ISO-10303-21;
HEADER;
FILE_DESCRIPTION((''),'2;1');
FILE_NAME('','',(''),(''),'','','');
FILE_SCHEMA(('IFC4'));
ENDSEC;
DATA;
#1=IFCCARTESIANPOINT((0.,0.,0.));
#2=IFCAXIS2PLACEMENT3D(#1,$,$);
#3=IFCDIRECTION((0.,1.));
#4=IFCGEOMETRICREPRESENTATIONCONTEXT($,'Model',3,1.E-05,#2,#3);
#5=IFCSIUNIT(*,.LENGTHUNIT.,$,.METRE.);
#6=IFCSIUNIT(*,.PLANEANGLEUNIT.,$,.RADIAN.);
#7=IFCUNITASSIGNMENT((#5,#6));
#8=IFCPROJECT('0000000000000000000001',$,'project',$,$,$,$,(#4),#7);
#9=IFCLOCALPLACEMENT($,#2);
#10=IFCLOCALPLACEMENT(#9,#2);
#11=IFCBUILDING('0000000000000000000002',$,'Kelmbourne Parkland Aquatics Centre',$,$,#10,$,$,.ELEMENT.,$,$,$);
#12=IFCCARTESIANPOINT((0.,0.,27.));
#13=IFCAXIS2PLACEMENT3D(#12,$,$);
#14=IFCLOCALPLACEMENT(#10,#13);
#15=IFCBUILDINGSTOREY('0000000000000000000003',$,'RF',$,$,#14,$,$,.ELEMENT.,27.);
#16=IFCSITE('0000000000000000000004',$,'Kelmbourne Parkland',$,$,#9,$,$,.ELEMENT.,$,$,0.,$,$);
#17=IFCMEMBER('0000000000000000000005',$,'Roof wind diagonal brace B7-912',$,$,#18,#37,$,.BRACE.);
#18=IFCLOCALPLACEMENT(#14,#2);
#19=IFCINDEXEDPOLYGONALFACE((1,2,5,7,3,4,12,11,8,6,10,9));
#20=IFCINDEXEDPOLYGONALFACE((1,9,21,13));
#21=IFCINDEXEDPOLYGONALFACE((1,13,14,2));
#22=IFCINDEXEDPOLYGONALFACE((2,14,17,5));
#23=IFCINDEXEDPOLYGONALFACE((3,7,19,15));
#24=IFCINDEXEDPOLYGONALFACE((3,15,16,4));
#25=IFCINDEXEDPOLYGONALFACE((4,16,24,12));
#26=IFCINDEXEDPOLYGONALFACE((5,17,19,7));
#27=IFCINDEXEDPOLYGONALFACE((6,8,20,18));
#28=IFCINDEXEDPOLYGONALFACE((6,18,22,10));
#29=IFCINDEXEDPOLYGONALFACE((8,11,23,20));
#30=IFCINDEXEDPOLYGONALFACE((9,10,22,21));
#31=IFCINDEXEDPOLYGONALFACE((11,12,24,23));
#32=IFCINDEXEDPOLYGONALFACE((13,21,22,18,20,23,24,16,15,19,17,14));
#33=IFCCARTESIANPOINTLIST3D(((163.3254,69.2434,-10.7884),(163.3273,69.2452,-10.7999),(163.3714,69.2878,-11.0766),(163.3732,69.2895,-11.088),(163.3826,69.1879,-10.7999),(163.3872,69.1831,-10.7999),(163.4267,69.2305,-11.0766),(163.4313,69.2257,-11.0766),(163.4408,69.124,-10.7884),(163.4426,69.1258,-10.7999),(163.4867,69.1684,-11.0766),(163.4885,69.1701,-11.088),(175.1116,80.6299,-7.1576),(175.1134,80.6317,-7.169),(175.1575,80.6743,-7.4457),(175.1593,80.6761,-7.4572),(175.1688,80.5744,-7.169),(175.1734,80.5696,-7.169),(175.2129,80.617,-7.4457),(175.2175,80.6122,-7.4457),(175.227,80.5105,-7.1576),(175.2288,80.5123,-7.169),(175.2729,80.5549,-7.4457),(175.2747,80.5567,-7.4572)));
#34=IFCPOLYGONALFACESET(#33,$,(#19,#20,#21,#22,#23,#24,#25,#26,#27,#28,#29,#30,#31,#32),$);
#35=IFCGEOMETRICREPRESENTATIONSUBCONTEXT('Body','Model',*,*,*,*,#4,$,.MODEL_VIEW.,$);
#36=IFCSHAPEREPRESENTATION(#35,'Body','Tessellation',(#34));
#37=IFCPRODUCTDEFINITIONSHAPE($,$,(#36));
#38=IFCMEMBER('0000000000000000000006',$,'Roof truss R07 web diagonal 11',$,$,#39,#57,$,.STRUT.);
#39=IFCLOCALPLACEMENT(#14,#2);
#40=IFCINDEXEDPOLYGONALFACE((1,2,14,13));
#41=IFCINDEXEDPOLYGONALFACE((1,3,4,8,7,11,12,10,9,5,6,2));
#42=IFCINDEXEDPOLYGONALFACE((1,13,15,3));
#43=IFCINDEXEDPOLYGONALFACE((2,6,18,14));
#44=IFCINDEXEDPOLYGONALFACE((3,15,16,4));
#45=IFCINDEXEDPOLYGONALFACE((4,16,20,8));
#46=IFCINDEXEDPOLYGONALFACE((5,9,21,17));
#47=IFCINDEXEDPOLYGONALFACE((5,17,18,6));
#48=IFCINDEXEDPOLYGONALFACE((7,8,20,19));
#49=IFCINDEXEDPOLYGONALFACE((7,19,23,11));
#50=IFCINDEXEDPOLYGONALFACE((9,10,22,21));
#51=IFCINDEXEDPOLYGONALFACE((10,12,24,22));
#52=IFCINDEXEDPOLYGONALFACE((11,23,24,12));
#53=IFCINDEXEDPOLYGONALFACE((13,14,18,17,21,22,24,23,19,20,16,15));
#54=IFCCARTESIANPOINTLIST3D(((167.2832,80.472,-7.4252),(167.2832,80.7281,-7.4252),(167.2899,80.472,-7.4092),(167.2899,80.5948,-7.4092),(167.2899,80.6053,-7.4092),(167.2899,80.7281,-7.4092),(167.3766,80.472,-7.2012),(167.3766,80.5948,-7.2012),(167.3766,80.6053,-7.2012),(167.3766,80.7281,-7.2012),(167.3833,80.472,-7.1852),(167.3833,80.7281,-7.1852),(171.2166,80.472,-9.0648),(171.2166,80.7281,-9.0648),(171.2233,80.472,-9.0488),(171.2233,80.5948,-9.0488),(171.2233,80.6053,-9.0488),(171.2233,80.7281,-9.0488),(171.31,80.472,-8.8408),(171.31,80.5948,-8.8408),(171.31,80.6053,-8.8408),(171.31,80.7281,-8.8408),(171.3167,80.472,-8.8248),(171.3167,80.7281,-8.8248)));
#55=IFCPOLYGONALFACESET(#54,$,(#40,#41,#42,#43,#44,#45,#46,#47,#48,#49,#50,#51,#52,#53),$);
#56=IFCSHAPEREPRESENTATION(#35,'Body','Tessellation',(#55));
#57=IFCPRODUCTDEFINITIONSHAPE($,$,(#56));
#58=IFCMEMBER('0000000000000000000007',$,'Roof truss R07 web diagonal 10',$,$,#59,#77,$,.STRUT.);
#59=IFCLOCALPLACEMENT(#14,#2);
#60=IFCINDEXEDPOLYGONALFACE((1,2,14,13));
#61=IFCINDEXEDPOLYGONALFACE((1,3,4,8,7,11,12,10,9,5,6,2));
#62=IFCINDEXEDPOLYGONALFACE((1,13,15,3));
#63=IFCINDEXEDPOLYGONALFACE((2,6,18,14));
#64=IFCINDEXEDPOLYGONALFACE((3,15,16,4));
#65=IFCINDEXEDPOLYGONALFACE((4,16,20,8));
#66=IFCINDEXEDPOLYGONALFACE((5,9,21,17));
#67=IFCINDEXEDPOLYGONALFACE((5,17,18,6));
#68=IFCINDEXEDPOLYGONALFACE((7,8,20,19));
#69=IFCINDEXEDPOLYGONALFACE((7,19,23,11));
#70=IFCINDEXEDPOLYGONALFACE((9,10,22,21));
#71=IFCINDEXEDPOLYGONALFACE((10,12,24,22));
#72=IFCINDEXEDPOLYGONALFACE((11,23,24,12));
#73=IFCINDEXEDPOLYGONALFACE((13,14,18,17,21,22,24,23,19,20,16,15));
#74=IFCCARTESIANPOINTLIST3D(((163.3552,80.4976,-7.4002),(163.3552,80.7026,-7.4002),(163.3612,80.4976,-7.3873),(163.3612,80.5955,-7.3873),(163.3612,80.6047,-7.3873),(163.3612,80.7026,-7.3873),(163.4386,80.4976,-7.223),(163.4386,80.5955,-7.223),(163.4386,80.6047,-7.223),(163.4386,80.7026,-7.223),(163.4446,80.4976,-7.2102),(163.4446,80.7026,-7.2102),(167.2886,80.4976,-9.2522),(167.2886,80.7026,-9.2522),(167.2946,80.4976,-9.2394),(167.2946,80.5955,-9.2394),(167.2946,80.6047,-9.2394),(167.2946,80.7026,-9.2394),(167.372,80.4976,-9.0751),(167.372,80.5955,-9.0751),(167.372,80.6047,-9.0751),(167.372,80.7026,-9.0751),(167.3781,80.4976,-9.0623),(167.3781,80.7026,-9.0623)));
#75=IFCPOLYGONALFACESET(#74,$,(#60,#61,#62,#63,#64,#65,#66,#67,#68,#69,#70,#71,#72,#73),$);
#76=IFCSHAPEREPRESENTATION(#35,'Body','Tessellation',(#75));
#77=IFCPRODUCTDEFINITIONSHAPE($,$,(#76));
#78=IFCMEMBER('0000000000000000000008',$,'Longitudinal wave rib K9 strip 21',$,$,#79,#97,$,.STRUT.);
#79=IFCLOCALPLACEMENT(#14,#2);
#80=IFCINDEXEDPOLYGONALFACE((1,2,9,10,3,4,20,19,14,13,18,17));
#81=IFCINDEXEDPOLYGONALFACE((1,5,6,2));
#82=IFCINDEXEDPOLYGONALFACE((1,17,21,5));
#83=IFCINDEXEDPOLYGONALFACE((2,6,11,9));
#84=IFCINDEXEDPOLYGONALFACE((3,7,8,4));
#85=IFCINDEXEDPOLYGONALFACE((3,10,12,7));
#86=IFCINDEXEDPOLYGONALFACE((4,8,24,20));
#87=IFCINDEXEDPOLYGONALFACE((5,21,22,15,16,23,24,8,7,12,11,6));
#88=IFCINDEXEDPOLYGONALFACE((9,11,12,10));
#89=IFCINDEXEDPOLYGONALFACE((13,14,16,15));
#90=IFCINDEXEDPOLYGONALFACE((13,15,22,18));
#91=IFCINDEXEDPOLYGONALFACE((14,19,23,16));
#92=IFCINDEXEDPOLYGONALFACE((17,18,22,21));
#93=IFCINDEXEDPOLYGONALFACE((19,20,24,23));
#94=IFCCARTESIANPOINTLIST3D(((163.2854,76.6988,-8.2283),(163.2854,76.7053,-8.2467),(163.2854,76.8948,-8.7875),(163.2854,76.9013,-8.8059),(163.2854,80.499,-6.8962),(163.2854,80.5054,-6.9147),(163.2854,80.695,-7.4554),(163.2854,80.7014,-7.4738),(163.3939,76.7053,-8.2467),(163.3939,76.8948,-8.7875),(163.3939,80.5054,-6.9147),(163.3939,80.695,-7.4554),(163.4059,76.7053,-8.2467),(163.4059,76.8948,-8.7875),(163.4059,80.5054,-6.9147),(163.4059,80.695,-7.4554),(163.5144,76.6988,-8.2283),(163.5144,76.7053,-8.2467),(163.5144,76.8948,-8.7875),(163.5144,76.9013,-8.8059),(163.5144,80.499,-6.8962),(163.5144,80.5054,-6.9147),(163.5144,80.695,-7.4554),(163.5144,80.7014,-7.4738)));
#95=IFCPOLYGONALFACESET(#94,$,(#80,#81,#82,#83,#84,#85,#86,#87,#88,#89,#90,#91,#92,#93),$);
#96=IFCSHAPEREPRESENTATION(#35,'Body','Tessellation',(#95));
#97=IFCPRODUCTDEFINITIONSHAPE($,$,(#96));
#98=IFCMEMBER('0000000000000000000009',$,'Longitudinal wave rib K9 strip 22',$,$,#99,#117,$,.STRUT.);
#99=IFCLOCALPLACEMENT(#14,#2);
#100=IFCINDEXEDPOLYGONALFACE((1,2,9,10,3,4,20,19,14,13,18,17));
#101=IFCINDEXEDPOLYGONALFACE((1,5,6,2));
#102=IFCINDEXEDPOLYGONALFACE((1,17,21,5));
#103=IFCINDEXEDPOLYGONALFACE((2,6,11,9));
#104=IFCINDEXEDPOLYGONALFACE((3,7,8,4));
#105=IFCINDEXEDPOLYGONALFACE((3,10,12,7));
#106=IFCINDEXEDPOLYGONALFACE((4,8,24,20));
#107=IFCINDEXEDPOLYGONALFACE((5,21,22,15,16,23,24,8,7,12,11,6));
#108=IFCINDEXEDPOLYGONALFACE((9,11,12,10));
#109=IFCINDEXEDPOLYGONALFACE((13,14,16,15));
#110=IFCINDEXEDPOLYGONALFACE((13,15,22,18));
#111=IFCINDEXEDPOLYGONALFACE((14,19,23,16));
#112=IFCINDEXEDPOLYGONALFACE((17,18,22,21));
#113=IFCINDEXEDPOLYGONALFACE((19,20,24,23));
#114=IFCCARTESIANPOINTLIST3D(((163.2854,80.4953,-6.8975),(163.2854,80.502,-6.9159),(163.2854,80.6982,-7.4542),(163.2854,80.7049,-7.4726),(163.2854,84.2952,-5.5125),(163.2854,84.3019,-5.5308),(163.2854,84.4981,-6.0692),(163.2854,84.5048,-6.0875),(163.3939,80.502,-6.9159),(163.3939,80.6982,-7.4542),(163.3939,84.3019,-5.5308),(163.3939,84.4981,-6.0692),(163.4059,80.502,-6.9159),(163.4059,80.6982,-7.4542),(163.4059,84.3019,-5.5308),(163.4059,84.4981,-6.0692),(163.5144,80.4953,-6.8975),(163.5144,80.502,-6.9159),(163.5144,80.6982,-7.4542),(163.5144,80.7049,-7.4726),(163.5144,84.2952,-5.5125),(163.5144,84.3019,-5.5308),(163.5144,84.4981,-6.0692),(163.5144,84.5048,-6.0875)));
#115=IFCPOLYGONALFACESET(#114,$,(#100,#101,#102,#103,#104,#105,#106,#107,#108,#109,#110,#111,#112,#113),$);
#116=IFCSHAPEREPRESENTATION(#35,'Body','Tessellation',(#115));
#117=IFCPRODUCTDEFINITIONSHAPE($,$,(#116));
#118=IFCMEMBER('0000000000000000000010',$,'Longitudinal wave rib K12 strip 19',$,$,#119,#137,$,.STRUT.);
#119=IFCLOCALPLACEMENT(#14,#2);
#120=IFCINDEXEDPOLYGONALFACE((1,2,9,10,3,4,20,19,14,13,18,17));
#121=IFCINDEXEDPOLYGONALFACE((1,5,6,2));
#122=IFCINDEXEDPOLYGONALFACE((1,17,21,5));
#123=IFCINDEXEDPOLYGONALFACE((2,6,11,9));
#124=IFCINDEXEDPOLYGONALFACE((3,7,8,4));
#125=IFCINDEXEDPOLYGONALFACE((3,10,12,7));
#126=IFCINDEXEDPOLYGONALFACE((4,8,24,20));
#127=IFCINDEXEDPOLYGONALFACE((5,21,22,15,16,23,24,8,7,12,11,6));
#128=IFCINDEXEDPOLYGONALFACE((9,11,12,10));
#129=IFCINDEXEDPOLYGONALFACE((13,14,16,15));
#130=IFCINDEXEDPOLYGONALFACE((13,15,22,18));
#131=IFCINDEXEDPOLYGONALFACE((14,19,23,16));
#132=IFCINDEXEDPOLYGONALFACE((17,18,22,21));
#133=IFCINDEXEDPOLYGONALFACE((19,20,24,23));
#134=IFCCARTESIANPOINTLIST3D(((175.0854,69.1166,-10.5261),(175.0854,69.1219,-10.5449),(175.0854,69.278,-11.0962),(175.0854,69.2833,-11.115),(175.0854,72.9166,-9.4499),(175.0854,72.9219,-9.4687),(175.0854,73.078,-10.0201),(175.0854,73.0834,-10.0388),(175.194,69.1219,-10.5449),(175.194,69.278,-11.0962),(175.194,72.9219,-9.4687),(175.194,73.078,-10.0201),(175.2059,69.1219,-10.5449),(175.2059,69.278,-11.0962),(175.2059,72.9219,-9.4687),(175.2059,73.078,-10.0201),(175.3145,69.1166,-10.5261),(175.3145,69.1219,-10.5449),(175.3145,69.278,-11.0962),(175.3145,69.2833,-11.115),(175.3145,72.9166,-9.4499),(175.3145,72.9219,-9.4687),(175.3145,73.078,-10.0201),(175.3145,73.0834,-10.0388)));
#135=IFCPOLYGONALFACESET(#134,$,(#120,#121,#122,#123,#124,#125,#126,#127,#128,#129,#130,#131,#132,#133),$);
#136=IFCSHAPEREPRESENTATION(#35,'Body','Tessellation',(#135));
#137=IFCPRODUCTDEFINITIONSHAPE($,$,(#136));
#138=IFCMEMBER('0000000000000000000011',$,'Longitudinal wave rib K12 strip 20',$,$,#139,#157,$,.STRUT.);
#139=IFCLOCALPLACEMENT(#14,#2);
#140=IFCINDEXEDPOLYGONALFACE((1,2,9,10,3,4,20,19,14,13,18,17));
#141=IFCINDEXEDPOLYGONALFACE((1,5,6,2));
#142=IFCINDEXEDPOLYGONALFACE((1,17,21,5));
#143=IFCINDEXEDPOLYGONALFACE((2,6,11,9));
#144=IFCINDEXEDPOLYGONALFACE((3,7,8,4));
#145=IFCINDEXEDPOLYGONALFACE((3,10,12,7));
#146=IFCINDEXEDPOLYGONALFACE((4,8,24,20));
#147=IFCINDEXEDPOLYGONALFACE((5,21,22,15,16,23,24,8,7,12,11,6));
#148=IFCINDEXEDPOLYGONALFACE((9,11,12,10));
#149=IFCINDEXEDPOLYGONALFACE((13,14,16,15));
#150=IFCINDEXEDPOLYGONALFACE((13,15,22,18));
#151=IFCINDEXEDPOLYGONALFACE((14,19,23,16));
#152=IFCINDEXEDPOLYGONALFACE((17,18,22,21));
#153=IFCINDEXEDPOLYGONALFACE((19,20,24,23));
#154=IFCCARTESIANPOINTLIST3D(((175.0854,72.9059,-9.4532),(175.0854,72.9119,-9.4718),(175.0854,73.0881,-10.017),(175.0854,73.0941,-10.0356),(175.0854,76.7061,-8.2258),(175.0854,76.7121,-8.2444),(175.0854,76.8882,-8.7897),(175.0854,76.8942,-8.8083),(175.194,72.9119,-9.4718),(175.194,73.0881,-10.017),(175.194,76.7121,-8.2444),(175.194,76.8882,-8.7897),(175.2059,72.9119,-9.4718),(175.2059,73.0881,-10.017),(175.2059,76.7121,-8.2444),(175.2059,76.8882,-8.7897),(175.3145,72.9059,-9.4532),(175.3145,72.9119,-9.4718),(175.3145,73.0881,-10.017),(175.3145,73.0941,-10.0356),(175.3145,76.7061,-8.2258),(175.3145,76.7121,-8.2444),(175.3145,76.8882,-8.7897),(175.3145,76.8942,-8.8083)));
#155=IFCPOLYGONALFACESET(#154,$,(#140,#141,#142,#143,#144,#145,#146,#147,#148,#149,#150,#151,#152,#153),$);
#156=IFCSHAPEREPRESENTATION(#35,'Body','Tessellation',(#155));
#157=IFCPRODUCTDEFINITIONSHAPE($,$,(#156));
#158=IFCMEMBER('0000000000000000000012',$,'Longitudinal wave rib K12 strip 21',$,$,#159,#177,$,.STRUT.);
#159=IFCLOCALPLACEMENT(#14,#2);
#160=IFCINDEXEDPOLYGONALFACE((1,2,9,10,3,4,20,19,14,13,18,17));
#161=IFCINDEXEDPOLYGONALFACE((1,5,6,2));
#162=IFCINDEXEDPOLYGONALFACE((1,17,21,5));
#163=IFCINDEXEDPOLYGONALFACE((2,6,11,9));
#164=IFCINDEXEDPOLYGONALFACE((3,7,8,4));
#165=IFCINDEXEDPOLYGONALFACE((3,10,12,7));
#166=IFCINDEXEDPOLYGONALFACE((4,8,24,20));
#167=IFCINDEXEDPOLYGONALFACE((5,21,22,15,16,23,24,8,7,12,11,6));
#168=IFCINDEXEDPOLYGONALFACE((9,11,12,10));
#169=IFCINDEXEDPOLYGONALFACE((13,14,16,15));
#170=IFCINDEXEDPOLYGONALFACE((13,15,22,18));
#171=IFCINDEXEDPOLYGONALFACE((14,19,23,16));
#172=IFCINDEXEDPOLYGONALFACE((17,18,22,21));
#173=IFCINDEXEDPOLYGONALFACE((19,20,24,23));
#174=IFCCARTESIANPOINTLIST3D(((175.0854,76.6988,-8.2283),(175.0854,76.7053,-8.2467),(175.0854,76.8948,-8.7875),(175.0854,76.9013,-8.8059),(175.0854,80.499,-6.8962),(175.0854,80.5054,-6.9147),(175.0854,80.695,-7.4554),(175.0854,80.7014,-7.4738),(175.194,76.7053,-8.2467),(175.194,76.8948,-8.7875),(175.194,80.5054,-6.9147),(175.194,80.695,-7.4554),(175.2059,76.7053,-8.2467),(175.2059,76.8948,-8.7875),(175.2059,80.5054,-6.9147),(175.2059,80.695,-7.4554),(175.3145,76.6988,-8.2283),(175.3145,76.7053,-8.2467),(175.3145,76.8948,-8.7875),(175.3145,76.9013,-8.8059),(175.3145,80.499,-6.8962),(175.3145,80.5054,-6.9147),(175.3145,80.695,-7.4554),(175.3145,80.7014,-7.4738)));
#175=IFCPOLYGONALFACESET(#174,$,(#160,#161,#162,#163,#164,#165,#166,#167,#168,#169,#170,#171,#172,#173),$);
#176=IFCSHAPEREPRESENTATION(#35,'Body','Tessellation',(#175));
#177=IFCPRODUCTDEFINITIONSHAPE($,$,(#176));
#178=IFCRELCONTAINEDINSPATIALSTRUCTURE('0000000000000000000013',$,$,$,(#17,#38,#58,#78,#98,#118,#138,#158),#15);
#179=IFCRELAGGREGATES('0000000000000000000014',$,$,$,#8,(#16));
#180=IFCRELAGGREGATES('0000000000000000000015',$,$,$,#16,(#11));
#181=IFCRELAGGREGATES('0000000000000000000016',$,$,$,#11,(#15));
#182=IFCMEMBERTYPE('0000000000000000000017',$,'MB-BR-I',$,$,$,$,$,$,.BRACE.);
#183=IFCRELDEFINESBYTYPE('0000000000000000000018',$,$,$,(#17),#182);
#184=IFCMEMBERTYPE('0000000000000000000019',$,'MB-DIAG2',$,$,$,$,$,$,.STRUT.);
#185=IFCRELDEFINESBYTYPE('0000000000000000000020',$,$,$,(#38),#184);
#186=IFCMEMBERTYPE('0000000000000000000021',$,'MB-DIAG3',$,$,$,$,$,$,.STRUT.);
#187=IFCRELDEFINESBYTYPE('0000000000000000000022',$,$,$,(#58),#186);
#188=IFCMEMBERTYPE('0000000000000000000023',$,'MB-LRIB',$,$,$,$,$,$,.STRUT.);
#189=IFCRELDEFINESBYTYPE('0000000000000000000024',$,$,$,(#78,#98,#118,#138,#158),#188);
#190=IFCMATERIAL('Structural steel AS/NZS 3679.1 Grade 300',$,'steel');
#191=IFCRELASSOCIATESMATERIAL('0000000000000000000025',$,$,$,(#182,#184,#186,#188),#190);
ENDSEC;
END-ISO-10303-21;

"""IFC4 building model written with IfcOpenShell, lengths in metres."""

from ifc_helpers import new_model, si_unit, direction, frame, origin, origin_2d, place, context, subcontext, project, spatial, i_section, extrude, material, material_profile, profile_set, type_object, element, save


model = new_model("IFC4")

# Units and contexts
model_context = context("Model", 3, precision=1e-05, world=origin(), true_north=direction((0.0, 1.0)))
body_context = subcontext(model_context, "Body", "Model", "MODEL_VIEW")
ifc_project = project(units=[si_unit("LENGTHUNIT", "METRE"), si_unit("PLANEANGLEUNIT", "RADIAN")], contexts=[model_context])

# Site, building, storey
site_placement = place(None, origin())
site = spatial("IfcSite", under=ifc_project, at=site_placement, Name="Kelmbourne Parkland", CompositionType="ELEMENT", RefElevation=0.0)
building_placement = place(site_placement, origin())
building = spatial("IfcBuilding", under=site, at=building_placement, Name="Kelmbourne Parkland Aquatics Centre", CompositionType="ELEMENT")
storey_placement = place(building_placement, frame((0.0, 0.0, 27.0)))
storey = spatial("IfcBuildingStorey", under=building, at=storey_placement, Name="RF", CompositionType="ELEMENT", Elevation=27.0)

# Members
ifc_material_1 = material(Name="Structural steel AS/NZS 3679.1 Grade 300", Category="steel")
ifc_material_profile_1 = material_profile(ifc_material_1, i_section(OverallWidth=0.166, OverallDepth=0.3069, WebThickness=0.0066, FlangeThickness=0.0117, at=origin_2d()), Name="310UB46.2")
ifc_profile_set_1 = profile_set([ifc_material_profile_1], Name="Structural steel AS/NZS 3679.1 Grade 300")
member_type_1 = type_object("IfcMemberType", Name="MB-BR-I", PredefinedType="BRACE", material=ifc_profile_set_1)
member_1_placement = place(storey_placement, frame((163.407, 69.2068, -10.9382), z_axis=(0.702168, 0.678358, 0.216311), x_axis=(-0.694808, 0.719195, 0.0)))
element("IfcMember", 1, at=member_1_placement, inside=storey, type_object=member_type_1, Name="Roof wind diagonal brace B7-912", PredefinedType="BRACE", context=body_context, shape_type="SweptSolid", body=[
    extrude(i_section(OverallWidth=0.166, OverallDepth=0.3069, WebThickness=0.0066, FlangeThickness=0.0117, at=origin_2d()), origin(), (0.0, 0.0, 1.0), 16.7854),
])
ifc_material_profile_2 = material_profile(ifc_material_1, i_section(OverallWidth=0.2561, OverallDepth=0.26, WebThickness=0.0105, FlangeThickness=0.0173, at=origin_2d()), Name="250UC89.5")
ifc_profile_set_2 = profile_set([ifc_material_profile_2], Name="Structural steel AS/NZS 3679.1 Grade 300")
member_type_2 = type_object("IfcMemberType", Name="MB-DIAG2", PredefinedType="STRUT", material=ifc_profile_set_2)
member_2_placement = place(storey_placement, frame((167.3333, 80.6001, -7.3052), z_axis=(0.923014, 0.0, -0.384766), x_axis=(0.0, 1.0, 0.0)))
element("IfcMember", 2, at=member_2_placement, inside=storey, type_object=member_type_2, Name="Roof truss R07 web diagonal 11", PredefinedType="STRUT", context=body_context, shape_type="SweptSolid", body=[
    extrude(i_section(OverallWidth=0.2561, OverallDepth=0.26, WebThickness=0.0105, FlangeThickness=0.0173, at=origin_2d()), origin(), (0.0, 0.0, 1.0), 4.2615),
])
ifc_material_profile_3 = material_profile(ifc_material_1, i_section(OverallWidth=0.2051, OverallDepth=0.21, WebThickness=0.0093, FlangeThickness=0.0142, at=origin_2d()), Name="200UC59.5")
ifc_profile_set_3 = profile_set([ifc_material_profile_3], Name="Structural steel AS/NZS 3679.1 Grade 300")
member_type_3 = type_object("IfcMemberType", Name="MB-DIAG3", PredefinedType="STRUT", material=ifc_profile_set_3)
member_3_placement = place(storey_placement, frame((163.3999, 80.6001, -7.3052), z_axis=(0.904725, 0.0, -0.425997), x_axis=(0.0, 1.0, 0.0)))
element("IfcMember", 3, at=member_3_placement, inside=storey, type_object=member_type_3, Name="Roof truss R07 web diagonal 10", PredefinedType="STRUT", context=body_context, shape_type="SweptSolid", body=[
    extrude(i_section(OverallWidth=0.2051, OverallDepth=0.21, WebThickness=0.0093, FlangeThickness=0.0142, at=origin_2d()), origin(), (0.0, 0.0, 1.0), 4.3477),
])
ifc_material_profile_4 = material_profile(ifc_material_1, i_section(OverallWidth=0.229, OverallDepth=0.6121, WebThickness=0.012, FlangeThickness=0.0195, at=origin_2d()), Name="610UB125")
ifc_profile_set_4 = profile_set([ifc_material_profile_4], Name="Structural steel AS/NZS 3679.1 Grade 300")
member_type_4 = type_object("IfcMemberType", Name="MB-LRIB", PredefinedType="STRUT", material=ifc_profile_set_4)
member_4_placement = place(storey_placement, frame((163.3999, 76.8, -8.5171), z_axis=(0.0, 0.943702, 0.330796), x_axis=(-1.0, 0.0, 0.0)))
element("IfcMember", 4, at=member_4_placement, inside=storey, type_object=member_type_4, Name="Longitudinal wave rib K9 strip 21", PredefinedType="STRUT", context=body_context, shape_type="SweptSolid", body=[
    extrude(i_section(OverallWidth=0.229, OverallDepth=0.6121, WebThickness=0.012, FlangeThickness=0.0195, at=origin_2d()), origin(), (0.0, 0.0, 1.0), 4.0269),
])
member_5_placement = place(storey_placement, frame((163.3999, 80.6001, -7.1851), z_axis=(0.0, 0.939534, 0.342455), x_axis=(-1.0, 0.0, 0.0)))
element("IfcMember", 5, at=member_5_placement, inside=storey, type_object=member_type_4, Name="Longitudinal wave rib K9 strip 22", PredefinedType="STRUT", context=body_context, shape_type="SweptSolid", body=[
    extrude(i_section(OverallWidth=0.229, OverallDepth=0.6121, WebThickness=0.012, FlangeThickness=0.0195, at=origin_2d()), origin(), (0.0, 0.0, 1.0), 4.0444),
])
member_6_placement = place(storey_placement, frame((175.2, 69.2, -10.8206), z_axis=(0.0, 0.96216, 0.272483), x_axis=(-1.0, 0.0, 0.0)))
element("IfcMember", 6, at=member_6_placement, inside=storey, type_object=member_type_4, Name="Longitudinal wave rib K12 strip 19", PredefinedType="STRUT", context=body_context, shape_type="SweptSolid", body=[
    extrude(i_section(OverallWidth=0.229, OverallDepth=0.6121, WebThickness=0.012, FlangeThickness=0.0195, at=origin_2d()), origin(), (0.0, 0.0, 1.0), 3.9495),
])
member_7_placement = place(storey_placement, frame((175.2, 73.0, -9.7444), z_axis=(0.0, 0.951601, 0.307337), x_axis=(-1.0, 0.0, 0.0)))
element("IfcMember", 7, at=member_7_placement, inside=storey, type_object=member_type_4, Name="Longitudinal wave rib K12 strip 20", PredefinedType="STRUT", context=body_context, shape_type="SweptSolid", body=[
    extrude(i_section(OverallWidth=0.229, OverallDepth=0.6121, WebThickness=0.012, FlangeThickness=0.0195, at=origin_2d()), origin(), (0.0, 0.0, 1.0), 3.9934),
])
member_8_placement = place(storey_placement, frame((175.2, 76.8, -8.5171), z_axis=(0.0, 0.943702, 0.330796), x_axis=(-1.0, 0.0, 0.0)))
element("IfcMember", 8, at=member_8_placement, inside=storey, type_object=member_type_4, Name="Longitudinal wave rib K12 strip 21", PredefinedType="STRUT", context=body_context, shape_type="SweptSolid", body=[
    extrude(i_section(OverallWidth=0.229, OverallDepth=0.6121, WebThickness=0.012, FlangeThickness=0.0195, at=origin_2d()), origin(), (0.0, 0.0, 1.0), 4.0269),
])

save(model, "model.ifc")
